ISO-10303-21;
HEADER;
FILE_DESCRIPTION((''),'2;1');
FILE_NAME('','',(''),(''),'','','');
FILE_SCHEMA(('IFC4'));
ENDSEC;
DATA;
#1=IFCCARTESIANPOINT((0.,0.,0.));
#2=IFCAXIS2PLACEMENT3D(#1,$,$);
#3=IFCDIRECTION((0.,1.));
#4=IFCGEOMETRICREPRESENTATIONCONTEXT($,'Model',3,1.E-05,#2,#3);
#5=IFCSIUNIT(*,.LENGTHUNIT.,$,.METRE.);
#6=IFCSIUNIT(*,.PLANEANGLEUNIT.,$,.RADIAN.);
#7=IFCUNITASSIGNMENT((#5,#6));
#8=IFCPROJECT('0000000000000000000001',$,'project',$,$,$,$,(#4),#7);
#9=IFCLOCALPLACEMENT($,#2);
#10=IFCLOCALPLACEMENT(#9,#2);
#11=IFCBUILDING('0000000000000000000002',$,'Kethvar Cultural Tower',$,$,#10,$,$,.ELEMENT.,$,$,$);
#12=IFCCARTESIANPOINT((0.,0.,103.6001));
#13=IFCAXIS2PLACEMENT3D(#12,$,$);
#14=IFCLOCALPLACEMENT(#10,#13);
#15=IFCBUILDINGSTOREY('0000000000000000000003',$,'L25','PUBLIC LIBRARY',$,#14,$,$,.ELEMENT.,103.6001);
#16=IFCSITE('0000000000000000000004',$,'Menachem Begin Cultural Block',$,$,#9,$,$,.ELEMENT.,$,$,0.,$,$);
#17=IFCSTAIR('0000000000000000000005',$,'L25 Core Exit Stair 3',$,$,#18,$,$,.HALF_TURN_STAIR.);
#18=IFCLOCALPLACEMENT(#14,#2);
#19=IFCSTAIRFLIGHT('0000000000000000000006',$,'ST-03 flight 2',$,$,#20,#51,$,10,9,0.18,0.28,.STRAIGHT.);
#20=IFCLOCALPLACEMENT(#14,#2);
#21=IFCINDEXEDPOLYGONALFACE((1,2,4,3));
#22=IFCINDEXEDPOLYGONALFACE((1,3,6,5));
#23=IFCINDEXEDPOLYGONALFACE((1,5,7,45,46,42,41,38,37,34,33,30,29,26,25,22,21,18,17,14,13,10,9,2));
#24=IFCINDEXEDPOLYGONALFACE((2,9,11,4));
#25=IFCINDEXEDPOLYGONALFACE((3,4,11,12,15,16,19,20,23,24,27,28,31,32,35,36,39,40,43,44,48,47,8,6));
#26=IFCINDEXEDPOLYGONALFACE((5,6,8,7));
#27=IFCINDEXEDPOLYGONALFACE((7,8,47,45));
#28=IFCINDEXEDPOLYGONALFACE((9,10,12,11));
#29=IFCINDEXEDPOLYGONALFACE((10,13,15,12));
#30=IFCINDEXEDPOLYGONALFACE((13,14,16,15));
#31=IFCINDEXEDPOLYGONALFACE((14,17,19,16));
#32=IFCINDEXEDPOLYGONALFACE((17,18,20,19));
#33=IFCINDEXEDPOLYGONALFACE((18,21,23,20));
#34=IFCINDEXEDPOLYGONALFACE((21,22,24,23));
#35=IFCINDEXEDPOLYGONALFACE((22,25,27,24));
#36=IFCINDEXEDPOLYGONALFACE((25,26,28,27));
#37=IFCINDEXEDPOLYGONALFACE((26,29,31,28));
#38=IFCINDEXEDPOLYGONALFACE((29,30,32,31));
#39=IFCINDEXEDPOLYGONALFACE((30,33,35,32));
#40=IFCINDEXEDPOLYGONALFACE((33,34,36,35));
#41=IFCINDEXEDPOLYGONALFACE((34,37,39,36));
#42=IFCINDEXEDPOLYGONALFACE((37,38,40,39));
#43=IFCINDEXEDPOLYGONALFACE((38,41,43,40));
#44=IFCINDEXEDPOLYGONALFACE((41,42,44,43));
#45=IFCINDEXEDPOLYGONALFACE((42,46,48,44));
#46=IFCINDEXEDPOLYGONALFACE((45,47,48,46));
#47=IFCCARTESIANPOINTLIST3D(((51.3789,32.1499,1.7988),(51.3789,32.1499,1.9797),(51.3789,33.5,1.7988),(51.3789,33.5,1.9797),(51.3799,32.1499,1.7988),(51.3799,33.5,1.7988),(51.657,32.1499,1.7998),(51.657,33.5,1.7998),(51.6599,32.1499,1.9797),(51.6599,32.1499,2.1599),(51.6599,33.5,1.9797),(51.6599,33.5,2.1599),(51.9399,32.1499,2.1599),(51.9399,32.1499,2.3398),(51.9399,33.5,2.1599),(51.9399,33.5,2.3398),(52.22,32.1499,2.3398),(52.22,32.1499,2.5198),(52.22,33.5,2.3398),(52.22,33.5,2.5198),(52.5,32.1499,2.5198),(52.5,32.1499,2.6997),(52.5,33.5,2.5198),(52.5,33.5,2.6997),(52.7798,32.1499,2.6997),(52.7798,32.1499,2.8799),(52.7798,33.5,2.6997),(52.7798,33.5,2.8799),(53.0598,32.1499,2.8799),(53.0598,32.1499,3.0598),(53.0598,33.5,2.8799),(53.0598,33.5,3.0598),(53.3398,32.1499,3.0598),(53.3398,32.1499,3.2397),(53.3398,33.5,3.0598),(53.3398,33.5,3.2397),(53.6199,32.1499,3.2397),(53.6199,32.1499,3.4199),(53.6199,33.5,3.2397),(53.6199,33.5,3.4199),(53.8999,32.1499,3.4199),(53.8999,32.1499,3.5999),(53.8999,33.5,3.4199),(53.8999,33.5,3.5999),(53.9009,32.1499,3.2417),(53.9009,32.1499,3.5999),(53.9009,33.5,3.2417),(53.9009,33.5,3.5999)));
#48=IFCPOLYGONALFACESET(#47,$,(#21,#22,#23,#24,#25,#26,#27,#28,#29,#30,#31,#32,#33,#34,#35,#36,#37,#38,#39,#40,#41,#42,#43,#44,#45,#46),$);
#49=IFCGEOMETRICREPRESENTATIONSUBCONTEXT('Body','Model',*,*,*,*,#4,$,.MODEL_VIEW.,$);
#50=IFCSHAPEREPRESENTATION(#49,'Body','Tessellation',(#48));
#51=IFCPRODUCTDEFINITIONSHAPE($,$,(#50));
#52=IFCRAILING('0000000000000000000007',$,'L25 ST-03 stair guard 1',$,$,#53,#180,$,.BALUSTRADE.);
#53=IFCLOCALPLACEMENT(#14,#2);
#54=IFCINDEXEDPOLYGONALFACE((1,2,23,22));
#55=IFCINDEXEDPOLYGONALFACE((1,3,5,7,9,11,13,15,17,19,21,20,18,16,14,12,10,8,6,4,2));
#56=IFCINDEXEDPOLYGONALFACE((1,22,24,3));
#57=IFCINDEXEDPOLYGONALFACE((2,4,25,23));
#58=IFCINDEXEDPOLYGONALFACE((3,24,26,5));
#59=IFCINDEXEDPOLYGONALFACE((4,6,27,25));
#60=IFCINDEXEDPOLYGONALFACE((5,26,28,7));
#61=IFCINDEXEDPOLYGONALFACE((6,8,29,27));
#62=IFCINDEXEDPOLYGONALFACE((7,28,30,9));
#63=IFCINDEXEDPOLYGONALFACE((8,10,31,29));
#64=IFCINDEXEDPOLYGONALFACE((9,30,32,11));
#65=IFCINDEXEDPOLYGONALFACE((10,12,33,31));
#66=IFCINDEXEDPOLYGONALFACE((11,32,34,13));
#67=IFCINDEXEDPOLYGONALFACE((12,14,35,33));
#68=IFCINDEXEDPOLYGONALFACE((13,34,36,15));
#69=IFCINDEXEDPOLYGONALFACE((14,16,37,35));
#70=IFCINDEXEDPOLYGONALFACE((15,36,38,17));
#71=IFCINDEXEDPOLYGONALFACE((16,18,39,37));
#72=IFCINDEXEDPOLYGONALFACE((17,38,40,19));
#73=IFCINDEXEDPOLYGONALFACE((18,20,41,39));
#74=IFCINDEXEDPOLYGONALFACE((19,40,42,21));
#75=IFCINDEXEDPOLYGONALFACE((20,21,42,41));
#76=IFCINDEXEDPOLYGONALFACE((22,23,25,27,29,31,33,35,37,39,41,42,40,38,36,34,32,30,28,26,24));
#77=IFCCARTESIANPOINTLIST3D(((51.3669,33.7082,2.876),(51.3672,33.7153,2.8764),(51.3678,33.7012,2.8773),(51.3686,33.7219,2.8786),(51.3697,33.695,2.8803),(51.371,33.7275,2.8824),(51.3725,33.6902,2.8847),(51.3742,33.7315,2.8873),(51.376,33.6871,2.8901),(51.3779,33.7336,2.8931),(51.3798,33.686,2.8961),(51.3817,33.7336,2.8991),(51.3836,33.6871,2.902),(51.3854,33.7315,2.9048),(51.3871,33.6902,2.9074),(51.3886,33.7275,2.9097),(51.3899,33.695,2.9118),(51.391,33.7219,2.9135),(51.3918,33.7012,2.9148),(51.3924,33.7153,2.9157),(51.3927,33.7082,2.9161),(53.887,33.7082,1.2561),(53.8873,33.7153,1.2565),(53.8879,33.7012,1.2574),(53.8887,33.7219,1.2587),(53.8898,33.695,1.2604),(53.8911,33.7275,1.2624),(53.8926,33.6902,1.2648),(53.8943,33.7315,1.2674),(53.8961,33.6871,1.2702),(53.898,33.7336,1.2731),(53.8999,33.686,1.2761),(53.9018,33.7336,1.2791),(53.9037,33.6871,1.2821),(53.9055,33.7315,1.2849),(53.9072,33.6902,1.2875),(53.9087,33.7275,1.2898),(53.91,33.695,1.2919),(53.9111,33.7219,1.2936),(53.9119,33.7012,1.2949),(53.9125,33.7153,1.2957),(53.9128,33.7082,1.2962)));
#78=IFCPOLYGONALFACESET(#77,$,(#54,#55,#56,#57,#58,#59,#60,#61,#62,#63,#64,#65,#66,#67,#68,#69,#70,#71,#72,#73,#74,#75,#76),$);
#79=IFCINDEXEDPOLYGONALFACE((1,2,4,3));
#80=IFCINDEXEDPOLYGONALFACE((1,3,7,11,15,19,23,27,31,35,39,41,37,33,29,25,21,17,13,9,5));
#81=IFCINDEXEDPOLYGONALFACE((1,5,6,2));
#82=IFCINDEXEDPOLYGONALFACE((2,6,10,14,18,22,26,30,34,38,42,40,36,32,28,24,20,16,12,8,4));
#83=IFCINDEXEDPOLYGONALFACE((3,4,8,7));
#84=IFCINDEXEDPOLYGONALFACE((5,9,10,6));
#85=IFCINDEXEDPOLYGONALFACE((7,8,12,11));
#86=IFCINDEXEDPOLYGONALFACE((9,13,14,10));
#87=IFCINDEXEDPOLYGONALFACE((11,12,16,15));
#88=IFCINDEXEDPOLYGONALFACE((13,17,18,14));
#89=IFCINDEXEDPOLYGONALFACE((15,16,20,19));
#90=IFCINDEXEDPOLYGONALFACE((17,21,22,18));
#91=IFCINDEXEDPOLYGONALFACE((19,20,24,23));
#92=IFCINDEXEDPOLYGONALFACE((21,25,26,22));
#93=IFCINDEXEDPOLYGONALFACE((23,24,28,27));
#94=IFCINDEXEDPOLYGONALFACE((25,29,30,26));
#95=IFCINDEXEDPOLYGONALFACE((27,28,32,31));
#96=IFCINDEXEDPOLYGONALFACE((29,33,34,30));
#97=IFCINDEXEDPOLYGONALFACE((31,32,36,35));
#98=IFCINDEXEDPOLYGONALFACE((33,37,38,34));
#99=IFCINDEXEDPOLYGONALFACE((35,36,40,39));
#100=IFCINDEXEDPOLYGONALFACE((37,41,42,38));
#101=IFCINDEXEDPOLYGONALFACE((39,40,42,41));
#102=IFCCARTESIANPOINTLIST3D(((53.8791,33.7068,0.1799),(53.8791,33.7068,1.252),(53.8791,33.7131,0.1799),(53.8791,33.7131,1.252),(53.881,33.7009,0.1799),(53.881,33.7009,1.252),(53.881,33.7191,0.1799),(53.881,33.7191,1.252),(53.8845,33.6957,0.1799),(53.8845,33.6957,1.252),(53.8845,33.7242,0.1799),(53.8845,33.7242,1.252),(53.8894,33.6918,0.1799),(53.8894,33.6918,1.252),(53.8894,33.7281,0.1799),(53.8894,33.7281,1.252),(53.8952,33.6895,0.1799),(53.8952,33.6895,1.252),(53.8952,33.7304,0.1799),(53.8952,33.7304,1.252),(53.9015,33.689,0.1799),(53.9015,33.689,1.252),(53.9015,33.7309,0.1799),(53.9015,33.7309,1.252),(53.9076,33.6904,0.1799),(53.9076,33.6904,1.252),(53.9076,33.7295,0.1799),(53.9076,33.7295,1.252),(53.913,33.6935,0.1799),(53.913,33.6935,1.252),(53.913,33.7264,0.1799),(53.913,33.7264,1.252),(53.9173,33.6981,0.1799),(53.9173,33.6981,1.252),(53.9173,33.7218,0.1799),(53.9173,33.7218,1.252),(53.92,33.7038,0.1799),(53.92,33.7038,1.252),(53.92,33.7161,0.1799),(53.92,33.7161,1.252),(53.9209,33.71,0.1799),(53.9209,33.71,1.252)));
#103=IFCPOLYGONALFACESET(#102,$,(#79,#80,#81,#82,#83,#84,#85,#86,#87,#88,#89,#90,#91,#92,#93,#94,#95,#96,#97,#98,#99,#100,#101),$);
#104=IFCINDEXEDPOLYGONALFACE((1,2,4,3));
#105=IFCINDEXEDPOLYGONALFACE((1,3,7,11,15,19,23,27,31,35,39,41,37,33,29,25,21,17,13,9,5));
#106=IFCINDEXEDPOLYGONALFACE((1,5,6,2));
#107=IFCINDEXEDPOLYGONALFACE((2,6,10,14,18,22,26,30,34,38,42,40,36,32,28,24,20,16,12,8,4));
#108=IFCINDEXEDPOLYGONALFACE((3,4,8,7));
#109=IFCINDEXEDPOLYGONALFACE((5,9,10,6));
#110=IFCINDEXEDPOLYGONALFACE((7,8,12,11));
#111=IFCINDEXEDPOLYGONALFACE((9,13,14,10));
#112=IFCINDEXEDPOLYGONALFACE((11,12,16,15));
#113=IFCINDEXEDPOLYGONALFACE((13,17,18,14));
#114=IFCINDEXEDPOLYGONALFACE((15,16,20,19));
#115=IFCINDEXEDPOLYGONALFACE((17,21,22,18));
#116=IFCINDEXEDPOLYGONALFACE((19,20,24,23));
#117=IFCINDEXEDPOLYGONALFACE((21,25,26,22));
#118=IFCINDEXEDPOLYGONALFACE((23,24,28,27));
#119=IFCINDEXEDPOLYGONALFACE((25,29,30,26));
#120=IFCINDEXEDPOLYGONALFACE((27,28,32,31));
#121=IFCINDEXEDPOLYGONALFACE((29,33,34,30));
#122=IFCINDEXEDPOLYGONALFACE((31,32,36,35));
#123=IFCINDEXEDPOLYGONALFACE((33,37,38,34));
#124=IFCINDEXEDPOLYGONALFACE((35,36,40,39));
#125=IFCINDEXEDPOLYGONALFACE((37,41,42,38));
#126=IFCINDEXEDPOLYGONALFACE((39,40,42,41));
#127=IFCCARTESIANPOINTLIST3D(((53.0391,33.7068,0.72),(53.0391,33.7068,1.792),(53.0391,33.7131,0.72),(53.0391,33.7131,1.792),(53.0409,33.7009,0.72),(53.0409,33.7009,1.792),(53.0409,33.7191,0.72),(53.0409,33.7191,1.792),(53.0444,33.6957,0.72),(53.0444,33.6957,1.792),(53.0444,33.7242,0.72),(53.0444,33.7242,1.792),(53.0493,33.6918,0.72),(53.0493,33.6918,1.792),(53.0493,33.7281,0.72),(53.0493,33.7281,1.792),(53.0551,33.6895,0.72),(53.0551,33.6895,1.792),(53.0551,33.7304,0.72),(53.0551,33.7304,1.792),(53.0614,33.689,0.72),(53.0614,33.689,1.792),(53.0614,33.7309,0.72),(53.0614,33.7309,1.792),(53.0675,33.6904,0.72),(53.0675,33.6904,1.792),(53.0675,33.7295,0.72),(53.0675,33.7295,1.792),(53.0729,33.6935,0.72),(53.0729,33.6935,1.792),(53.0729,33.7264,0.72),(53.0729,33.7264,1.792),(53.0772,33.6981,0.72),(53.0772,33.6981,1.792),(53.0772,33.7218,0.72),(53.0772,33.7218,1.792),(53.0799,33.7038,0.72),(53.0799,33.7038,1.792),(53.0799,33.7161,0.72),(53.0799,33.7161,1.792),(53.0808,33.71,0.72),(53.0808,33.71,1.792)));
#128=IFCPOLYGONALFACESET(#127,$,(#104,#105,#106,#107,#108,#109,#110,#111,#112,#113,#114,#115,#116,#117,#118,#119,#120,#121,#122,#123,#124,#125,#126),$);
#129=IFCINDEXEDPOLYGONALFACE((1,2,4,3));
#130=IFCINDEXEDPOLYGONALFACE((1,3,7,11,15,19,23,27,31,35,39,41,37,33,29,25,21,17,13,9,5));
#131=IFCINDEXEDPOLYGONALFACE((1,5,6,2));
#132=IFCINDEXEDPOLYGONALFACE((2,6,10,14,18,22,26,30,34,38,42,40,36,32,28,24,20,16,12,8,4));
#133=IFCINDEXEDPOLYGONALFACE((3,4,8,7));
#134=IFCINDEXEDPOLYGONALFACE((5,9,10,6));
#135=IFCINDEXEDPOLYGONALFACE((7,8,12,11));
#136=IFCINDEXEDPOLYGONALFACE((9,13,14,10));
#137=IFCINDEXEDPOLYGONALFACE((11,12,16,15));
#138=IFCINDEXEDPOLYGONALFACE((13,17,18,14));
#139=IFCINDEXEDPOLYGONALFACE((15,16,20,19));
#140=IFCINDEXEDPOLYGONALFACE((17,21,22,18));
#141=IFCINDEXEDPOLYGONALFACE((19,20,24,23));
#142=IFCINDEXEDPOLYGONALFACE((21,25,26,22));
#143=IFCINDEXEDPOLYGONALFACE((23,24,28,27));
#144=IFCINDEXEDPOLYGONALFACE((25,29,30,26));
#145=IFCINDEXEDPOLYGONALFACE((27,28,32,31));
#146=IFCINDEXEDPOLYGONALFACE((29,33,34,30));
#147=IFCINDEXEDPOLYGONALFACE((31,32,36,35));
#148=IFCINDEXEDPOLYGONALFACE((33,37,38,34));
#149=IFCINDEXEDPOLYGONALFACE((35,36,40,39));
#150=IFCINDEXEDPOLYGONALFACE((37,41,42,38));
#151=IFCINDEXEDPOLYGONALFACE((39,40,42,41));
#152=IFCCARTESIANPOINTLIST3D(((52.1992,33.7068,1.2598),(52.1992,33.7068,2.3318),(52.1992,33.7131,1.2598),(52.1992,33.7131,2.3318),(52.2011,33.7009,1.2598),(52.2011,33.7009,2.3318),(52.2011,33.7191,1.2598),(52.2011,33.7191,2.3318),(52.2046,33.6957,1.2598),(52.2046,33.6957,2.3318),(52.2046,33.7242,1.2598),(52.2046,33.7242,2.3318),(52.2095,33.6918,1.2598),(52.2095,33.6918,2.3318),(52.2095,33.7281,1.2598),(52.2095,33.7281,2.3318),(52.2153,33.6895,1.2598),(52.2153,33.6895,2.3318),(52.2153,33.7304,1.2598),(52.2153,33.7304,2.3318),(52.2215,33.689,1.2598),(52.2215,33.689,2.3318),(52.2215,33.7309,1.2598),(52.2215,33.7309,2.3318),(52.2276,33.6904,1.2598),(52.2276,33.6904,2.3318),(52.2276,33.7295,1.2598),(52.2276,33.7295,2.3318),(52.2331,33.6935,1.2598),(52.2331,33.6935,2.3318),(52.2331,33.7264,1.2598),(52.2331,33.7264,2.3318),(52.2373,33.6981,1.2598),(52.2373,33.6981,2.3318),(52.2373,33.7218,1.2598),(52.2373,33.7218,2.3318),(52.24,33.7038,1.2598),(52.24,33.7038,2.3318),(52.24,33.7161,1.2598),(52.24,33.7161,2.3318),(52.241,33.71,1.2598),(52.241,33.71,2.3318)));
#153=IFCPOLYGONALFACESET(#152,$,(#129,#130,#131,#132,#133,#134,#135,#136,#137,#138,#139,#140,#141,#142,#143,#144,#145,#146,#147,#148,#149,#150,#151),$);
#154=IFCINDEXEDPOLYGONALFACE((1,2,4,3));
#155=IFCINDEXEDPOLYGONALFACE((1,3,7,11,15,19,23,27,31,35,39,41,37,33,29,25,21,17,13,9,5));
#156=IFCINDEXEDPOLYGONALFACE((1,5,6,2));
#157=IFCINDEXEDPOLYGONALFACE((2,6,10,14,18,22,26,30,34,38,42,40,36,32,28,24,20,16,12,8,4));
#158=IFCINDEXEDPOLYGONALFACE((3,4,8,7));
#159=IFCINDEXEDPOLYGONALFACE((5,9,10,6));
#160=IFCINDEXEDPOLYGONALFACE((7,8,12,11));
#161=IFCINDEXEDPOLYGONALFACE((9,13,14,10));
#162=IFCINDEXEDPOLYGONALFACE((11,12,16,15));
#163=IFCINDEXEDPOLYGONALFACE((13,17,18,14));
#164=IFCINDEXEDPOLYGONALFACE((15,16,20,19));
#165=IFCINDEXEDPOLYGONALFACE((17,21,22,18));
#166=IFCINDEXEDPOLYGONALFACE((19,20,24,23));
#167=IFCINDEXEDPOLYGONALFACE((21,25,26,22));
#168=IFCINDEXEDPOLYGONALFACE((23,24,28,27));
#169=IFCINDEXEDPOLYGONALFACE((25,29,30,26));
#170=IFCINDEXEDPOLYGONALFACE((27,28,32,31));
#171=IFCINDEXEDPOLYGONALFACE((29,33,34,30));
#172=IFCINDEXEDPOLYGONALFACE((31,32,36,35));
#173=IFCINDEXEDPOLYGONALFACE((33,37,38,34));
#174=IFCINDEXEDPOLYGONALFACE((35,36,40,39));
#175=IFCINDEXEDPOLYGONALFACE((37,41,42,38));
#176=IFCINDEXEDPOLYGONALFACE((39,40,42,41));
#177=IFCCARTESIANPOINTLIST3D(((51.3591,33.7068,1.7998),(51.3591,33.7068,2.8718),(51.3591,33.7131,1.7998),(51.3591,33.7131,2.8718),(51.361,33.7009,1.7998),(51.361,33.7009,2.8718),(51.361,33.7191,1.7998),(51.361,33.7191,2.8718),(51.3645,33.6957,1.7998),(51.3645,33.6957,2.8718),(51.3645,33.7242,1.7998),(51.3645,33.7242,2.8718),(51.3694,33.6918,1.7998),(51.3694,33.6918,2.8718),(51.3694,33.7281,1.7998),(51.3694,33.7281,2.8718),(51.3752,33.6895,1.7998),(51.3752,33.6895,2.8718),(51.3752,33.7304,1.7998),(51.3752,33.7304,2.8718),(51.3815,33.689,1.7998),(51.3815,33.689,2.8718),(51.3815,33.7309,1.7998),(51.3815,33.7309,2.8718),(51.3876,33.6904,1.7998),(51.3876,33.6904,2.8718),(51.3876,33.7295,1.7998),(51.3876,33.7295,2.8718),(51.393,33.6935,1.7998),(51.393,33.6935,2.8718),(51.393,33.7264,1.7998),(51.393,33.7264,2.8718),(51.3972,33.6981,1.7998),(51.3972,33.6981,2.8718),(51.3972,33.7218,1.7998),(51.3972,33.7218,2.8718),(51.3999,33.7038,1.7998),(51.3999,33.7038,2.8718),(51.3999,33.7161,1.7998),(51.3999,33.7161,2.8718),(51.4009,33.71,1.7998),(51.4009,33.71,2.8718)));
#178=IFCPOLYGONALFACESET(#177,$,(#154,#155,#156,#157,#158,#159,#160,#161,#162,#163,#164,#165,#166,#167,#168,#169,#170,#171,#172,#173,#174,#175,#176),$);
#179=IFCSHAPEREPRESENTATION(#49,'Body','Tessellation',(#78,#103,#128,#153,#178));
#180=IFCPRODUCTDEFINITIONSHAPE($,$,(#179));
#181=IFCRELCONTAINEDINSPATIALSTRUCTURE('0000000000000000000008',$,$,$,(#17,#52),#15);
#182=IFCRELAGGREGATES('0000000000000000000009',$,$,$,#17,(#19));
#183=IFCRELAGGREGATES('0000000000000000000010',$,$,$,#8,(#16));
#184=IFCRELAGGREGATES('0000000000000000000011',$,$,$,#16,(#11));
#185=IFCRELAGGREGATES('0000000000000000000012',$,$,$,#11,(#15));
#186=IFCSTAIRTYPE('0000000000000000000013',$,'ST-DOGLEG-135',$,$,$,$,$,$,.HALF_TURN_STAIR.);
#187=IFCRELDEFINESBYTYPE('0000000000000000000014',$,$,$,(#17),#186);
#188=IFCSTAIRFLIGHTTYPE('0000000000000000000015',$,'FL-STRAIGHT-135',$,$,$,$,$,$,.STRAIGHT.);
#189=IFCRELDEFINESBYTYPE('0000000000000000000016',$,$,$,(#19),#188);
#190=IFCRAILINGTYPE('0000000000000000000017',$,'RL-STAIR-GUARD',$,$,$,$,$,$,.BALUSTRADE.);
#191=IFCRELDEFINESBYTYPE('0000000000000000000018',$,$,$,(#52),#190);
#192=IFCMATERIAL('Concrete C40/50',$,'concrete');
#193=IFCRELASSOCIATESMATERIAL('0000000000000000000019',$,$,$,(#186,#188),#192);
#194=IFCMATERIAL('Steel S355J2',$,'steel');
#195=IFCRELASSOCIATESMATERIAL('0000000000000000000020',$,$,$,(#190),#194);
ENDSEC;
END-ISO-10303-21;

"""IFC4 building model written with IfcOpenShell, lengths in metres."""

from ifc_helpers import new_model, si_unit, direction, frame, origin, origin_2d, place, context, subcontext, project, spatial, polyline, circle, outline, extrude, material, type_object, element, aggregate, save


model = new_model("IFC4")

# Units and contexts
model_context = context("Model", 3, precision=1e-05, world=origin(), true_north=direction((0.0, 1.0)))
body_context = subcontext(model_context, "Body", "Model", "MODEL_VIEW")
ifc_project = project(units=[si_unit("LENGTHUNIT", "METRE"), si_unit("PLANEANGLEUNIT", "RADIAN")], contexts=[model_context])

# Site, building, storey
site_placement = place(None, origin())
site = spatial("IfcSite", under=ifc_project, at=site_placement, Name="Menachem Begin Cultural Block", CompositionType="ELEMENT", RefElevation=0.0)
building_placement = place(site_placement, origin())
building = spatial("IfcBuilding", under=site, at=building_placement, Name="Kethvar Cultural Tower", CompositionType="ELEMENT")
storey_placement = place(building_placement, frame((0.0, 0.0, 103.6001)))
storey = spatial("IfcBuildingStorey", under=building, at=storey_placement, Name="L25", Description="PUBLIC LIBRARY", CompositionType="ELEMENT", Elevation=103.6001)

# Shared definitions
ifc_material_1 = material(Name="Steel S355J2", Category="steel")

# Shared definitions
ifc_material_2 = material(Name="Concrete C40/50", Category="concrete")

# Stair, stair flight
stair_type = type_object("IfcStairType", Name="ST-DOGLEG-135", PredefinedType="HALF_TURN_STAIR", material=ifc_material_2)
stair_placement = place(storey_placement, origin())
stair = element("IfcStair", 1, at=stair_placement, inside=storey, type_object=stair_type, Name="L25 Core Exit Stair 3", PredefinedType="HALF_TURN_STAIR")
stair_flight_type = type_object("IfcStairFlightType", Name="FL-STRAIGHT-135", PredefinedType="STRAIGHT", material=ifc_material_2)
stair_flight_1_placement = place(storey_placement, frame((51.3799, 32.825, 1.7998), z_axis=(0.0, 0.0, 1.0), x_axis=(1.0, 0.0, 0.0)))
stair_flight_1 = element("IfcStairFlight", 2, at=stair_flight_1_placement, type_object=stair_flight_type, Name="ST-03 flight 2", NumberOfRisers=10, NumberOfTreads=9, PredefinedType="STRAIGHT", RiserHeight=0.18, TreadLength=0.28, context=body_context, shape_type="SweptSolid", body=[
    extrude(outline(polyline([(-0.001, -0.001), (-0.001, 0.1799), (0.28, 0.1799), (0.28, 0.3601), (0.5601, 0.3601), (0.5601, 0.54), (0.8401, 0.54), (0.8401, 0.72), (1.1201, 0.72), (1.1201, 0.8999), (1.3999, 0.8999), (1.3999, 1.0801), (1.6799, 1.0801), (1.6799, 1.26), (1.96, 1.26), (1.96, 1.4399), (2.24, 1.4399), (2.24, 1.6201), (2.52, 1.6201), (2.52, 1.8), (2.521, 1.8), (2.521, 1.4419), (0.2771, 0.0), (0.0, -0.001), (-0.001, -0.001)])), frame((0.0, 0.675, 0.0), z_axis=(0.0, -1.0, 0.0), x_axis=(1.0, 0.0, 0.0)), (0.0, 0.0, 1.0), 1.3501),
])
aggregate(stair, [stair_flight_1])

# Railing
railing_type_1 = type_object("IfcRailingType", Name="RL-STAIR-GUARD", PredefinedType="BALUSTRADE", material=ifc_material_1)
railing_1_placement = place(storey_placement, frame((53.8999, 33.71, 0.1799)))
element("IfcRailing", 3, at=railing_1_placement, inside=storey, type_object=railing_type_1, Name="L25 ST-03 stair guard 1", PredefinedType="BALUSTRADE", context=body_context, shape_type="SweptSolid", body=[
    extrude(circle(Radius=0.0239, at=origin_2d()), frame((0.0, 0.0, 1.0962), z_axis=(-0.8412, 0.0, 0.540725), x_axis=(0.0, -1.0, 0.0)), (0.0, 0.0, 1.0), 2.9958),
    extrude(circle(Radius=0.021, at=origin_2d()), origin(), (0.0, 0.0, 1.0), 1.072),
    extrude(circle(Radius=0.021, at=origin_2d()), frame((-0.8401, 0.0, 0.54)), (0.0, 0.0, 1.0), 1.072),
    extrude(circle(Radius=0.021, at=origin_2d()), frame((-1.6799, 0.0, 1.0798)), (0.0, 0.0, 1.0), 1.072),
    extrude(circle(Radius=0.021, at=origin_2d()), frame((-2.52, 0.0, 1.6199)), (0.0, 0.0, 1.0), 1.072),
])

save(model, "model.ifc")
